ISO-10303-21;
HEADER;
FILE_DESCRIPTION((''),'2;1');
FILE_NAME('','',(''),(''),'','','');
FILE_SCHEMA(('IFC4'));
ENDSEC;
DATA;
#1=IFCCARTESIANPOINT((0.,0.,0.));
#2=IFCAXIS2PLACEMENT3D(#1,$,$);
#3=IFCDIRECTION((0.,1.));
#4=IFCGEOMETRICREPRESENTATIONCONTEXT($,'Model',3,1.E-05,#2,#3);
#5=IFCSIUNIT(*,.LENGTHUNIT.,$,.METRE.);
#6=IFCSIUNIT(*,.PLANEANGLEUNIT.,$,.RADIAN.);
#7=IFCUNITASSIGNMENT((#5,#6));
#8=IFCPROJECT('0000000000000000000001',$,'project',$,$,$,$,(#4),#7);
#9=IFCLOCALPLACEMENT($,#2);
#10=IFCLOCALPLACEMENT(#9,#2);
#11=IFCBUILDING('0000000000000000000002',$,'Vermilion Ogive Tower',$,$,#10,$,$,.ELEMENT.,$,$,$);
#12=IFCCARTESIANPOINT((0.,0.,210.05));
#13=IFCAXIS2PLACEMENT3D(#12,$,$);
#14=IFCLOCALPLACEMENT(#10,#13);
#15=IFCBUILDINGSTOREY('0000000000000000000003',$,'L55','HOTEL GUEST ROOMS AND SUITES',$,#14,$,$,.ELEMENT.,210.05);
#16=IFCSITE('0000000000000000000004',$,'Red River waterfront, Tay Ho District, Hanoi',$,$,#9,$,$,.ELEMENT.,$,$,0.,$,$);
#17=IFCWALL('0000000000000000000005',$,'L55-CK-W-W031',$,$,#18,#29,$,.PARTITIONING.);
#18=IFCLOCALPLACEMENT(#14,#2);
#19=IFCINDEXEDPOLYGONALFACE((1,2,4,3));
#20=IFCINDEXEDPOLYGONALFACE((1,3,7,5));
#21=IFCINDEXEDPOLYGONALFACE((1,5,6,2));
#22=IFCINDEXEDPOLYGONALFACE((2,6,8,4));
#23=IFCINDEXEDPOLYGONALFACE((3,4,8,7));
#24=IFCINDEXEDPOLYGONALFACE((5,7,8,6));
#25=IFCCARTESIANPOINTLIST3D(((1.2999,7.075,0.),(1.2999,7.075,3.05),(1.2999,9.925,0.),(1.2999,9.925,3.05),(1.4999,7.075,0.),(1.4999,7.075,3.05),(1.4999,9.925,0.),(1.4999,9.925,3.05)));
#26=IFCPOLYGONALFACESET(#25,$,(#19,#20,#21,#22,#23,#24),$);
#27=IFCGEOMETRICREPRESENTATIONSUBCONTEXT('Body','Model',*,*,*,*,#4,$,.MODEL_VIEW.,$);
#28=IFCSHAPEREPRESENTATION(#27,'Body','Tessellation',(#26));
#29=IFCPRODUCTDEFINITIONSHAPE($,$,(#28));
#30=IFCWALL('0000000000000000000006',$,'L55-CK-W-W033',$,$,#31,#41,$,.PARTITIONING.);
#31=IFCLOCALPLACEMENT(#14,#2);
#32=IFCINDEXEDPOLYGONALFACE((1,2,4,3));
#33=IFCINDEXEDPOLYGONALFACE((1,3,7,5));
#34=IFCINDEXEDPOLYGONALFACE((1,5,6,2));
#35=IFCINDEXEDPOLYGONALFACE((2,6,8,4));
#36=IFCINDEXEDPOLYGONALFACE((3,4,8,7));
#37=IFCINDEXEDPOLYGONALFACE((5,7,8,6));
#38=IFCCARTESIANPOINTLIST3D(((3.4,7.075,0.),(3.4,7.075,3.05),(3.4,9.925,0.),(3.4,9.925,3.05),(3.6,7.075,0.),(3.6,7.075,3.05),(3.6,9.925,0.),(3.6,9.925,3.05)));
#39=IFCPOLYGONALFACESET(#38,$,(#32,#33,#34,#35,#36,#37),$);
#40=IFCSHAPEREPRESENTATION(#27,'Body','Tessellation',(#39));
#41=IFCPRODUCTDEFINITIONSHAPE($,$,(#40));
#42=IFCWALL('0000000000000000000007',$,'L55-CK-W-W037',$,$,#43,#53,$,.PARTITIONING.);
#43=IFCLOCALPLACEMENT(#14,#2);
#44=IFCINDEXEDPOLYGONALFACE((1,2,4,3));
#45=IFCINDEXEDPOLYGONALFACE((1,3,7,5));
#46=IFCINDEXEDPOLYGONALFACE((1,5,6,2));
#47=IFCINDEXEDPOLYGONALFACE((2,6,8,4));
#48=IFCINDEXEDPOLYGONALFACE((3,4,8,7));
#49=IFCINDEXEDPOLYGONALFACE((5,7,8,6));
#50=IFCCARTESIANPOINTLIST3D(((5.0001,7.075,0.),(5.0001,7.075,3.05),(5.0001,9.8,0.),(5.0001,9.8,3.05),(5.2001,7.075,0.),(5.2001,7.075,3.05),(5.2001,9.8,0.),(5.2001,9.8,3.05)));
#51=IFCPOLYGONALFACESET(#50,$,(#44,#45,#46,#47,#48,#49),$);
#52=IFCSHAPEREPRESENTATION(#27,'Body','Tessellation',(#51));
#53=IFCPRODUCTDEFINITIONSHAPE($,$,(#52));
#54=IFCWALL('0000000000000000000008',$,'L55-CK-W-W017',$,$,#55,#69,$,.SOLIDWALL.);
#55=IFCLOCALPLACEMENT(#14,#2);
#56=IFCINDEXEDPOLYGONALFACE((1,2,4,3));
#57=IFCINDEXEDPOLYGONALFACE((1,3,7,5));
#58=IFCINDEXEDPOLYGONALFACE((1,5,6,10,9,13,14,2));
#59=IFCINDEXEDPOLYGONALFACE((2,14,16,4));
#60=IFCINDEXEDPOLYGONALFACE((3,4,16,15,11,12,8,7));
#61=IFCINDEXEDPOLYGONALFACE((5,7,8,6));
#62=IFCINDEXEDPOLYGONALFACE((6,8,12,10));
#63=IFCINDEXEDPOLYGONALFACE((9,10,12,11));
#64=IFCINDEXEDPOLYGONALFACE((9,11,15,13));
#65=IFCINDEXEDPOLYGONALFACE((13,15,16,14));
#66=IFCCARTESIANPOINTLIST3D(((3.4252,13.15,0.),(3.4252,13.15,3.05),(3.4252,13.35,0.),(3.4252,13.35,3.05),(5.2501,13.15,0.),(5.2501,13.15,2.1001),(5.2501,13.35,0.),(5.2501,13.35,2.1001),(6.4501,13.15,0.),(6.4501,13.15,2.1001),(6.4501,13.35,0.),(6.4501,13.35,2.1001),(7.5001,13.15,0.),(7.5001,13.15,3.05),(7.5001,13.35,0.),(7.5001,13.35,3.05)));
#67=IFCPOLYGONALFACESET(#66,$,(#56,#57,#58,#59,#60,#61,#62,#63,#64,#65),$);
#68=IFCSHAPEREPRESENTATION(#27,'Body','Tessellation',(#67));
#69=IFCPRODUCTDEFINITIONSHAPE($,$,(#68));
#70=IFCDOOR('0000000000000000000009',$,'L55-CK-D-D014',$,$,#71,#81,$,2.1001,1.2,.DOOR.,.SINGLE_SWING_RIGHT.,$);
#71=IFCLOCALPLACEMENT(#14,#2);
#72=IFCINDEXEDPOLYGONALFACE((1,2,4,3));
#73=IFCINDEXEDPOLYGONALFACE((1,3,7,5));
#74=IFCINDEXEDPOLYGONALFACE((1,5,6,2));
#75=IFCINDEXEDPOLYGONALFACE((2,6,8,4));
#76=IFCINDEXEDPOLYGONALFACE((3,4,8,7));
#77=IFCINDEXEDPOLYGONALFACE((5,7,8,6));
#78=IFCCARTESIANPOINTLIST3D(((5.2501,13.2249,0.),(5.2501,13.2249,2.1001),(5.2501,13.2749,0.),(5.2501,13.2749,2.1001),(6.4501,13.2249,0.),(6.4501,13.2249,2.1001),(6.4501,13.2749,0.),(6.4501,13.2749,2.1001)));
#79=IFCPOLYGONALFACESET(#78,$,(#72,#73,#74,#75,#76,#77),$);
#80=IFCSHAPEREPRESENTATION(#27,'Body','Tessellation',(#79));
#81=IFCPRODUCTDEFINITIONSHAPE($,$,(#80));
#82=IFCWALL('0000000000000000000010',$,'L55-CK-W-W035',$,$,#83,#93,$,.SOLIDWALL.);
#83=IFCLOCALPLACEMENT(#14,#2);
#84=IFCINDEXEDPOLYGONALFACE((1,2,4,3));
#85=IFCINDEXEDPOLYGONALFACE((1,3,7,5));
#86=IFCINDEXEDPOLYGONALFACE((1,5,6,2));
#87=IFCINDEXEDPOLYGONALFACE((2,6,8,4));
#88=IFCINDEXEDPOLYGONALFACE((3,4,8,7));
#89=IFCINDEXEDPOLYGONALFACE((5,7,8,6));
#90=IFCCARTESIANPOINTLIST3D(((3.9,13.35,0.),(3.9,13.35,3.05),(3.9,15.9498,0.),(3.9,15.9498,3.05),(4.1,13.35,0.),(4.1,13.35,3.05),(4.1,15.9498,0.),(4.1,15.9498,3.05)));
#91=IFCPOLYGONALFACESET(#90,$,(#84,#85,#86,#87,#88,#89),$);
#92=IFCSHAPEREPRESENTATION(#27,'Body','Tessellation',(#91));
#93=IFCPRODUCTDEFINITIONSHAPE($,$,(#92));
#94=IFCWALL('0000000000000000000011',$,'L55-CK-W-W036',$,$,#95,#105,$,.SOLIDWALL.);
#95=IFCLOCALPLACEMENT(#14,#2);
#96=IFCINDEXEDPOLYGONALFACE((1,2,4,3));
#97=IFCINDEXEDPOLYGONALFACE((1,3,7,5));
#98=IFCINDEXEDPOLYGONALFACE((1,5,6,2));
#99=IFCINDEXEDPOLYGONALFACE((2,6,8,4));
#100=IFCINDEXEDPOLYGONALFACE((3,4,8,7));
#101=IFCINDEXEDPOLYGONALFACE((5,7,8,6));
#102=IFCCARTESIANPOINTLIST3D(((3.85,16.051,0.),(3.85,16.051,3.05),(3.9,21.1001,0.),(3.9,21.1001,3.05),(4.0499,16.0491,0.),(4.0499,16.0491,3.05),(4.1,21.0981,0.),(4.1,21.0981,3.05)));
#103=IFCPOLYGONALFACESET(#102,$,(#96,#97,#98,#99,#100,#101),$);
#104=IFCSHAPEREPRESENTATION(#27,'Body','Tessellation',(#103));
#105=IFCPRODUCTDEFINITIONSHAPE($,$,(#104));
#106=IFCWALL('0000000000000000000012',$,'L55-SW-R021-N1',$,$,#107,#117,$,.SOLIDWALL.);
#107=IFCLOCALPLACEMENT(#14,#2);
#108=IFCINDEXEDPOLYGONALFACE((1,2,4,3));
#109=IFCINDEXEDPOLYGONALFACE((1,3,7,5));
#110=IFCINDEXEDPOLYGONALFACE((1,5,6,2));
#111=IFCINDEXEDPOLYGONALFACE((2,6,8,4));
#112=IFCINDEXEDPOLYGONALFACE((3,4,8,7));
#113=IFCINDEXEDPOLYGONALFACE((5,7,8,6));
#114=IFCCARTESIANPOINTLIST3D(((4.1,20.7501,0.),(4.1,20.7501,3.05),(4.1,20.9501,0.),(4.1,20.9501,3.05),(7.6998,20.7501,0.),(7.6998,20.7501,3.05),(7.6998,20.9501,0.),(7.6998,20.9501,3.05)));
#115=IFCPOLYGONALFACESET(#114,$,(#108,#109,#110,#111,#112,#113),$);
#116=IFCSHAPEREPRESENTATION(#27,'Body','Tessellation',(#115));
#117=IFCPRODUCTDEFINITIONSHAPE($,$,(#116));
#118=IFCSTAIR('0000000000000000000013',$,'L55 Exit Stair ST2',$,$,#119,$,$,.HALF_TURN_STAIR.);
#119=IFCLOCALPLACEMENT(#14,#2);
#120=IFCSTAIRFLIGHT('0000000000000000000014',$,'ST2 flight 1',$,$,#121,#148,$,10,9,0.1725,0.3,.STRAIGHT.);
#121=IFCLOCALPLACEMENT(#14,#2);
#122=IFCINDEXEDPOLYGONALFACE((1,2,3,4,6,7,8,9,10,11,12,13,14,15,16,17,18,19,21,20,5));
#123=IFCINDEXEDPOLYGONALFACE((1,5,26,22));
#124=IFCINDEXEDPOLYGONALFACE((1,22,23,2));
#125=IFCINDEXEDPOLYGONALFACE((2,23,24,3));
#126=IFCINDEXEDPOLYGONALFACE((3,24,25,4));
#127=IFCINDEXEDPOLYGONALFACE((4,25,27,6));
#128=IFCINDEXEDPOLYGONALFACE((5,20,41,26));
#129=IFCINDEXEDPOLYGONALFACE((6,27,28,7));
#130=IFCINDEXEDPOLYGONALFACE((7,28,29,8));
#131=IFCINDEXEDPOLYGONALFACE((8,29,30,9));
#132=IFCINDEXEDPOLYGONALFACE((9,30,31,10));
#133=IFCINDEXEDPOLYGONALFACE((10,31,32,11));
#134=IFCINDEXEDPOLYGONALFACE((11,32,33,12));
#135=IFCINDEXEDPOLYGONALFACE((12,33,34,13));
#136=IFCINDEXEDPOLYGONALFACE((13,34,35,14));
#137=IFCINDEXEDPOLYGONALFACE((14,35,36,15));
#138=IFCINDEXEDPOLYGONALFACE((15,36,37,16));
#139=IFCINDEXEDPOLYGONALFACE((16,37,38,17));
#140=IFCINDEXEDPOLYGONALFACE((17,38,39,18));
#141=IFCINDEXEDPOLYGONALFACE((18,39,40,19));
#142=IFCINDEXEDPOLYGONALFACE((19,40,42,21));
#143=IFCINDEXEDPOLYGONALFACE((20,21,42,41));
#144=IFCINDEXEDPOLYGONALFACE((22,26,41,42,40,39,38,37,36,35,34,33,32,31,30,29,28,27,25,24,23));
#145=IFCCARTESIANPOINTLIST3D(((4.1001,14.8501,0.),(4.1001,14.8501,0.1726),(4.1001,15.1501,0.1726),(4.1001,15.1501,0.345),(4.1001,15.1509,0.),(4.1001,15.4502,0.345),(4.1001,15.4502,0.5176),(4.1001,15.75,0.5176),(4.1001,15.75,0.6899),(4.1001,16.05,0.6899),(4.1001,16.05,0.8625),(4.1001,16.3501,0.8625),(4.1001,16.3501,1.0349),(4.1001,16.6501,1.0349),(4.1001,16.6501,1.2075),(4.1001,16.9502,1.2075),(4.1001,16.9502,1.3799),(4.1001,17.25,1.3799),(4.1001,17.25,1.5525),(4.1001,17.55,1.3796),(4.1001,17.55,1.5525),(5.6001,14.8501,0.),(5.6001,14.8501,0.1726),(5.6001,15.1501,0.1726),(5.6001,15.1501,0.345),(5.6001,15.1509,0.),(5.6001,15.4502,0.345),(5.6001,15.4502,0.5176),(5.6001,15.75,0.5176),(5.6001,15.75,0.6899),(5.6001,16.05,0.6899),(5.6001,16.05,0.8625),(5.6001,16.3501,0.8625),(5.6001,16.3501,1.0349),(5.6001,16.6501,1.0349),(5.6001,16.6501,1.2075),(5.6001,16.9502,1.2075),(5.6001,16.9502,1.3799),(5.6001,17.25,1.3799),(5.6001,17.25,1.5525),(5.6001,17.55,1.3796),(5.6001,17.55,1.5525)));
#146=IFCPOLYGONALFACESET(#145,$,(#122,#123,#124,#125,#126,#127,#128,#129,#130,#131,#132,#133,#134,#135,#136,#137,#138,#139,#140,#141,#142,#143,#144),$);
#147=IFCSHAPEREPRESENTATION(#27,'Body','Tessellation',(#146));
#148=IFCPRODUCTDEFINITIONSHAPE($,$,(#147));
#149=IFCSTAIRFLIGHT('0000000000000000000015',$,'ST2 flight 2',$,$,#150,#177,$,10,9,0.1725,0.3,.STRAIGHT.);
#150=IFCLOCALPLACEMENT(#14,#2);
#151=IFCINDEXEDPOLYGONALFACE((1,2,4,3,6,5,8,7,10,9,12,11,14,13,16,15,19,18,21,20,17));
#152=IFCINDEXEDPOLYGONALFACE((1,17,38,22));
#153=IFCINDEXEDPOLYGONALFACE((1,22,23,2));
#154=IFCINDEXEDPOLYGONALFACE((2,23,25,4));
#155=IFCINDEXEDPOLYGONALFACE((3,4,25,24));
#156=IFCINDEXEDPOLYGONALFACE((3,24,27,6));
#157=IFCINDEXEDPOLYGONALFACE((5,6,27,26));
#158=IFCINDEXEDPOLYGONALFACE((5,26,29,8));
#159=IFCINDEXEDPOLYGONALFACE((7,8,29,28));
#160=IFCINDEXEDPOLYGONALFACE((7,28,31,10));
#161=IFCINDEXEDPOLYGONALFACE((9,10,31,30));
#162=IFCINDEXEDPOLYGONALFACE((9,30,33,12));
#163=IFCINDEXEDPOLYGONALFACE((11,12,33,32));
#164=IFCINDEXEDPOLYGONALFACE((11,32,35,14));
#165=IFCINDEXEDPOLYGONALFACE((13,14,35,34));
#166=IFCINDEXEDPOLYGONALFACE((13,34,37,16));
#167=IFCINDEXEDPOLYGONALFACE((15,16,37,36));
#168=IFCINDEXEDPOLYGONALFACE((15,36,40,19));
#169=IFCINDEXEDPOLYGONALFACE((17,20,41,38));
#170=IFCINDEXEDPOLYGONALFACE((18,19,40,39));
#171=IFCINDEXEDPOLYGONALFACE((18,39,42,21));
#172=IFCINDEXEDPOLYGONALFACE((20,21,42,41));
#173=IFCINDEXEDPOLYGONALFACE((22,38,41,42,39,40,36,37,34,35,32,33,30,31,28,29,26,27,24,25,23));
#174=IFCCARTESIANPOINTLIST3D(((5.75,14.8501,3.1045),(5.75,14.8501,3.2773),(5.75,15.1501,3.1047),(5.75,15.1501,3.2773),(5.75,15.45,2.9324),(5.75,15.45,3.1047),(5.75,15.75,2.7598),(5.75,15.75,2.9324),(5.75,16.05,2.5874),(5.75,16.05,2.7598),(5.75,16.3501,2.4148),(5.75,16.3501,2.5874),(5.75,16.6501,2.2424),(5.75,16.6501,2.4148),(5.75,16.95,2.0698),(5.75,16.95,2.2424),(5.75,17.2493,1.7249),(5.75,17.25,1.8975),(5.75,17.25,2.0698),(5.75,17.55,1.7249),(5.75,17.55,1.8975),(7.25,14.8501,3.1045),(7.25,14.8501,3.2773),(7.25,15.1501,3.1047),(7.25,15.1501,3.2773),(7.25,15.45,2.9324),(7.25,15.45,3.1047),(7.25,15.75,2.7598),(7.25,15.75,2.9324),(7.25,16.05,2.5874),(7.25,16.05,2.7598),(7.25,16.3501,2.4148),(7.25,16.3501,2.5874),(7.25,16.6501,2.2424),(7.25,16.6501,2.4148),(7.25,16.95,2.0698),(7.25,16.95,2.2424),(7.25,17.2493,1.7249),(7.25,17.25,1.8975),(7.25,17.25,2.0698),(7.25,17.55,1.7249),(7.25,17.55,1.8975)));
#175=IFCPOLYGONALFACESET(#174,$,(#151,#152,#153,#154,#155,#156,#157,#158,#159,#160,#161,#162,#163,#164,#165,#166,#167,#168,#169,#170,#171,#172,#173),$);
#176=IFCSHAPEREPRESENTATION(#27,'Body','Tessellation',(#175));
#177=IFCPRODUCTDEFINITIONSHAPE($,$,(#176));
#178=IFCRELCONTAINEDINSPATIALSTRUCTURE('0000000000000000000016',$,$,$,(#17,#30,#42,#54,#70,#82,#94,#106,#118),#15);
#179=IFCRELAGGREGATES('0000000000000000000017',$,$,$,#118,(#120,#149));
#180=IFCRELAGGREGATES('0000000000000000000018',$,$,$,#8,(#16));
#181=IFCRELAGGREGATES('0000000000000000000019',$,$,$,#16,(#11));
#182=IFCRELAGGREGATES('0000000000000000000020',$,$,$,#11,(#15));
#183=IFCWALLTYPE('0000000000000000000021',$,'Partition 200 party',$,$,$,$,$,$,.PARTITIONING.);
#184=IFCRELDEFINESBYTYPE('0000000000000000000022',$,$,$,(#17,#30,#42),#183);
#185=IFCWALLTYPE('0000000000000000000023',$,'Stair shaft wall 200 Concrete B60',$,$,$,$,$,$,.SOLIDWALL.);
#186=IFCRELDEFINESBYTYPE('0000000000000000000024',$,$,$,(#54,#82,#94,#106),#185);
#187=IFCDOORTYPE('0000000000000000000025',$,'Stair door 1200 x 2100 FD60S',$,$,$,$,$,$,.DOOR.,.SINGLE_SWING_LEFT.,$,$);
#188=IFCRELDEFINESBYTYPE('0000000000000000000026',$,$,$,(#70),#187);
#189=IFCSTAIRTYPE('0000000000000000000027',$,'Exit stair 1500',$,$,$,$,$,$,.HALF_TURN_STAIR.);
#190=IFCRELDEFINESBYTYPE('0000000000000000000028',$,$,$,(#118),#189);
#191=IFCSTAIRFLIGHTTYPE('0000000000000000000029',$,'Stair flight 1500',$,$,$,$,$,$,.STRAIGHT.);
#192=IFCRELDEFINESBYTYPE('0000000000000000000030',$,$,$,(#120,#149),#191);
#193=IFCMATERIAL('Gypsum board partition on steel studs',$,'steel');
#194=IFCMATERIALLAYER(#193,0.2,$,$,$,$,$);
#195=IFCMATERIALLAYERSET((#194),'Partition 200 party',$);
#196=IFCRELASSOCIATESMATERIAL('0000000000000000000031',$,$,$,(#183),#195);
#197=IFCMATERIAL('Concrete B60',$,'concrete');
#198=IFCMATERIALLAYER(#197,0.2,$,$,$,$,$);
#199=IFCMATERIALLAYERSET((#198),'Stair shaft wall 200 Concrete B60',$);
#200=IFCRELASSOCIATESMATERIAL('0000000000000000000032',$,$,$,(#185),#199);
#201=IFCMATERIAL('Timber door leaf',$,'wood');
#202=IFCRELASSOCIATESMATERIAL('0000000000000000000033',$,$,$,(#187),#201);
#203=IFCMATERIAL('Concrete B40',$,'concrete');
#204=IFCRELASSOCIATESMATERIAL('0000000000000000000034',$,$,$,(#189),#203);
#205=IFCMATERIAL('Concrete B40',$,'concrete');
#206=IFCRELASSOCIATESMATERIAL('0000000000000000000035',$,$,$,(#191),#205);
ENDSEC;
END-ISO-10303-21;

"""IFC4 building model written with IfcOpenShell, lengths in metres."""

from ifc_helpers import new_model, si_unit, direction, frame, frame_2d, origin, place, context, subcontext, project, spatial, polyline, rectangle, outline, extrude, material, layer, layer_set, type_object, element, fill, aggregate, save


model = new_model("IFC4")

# Units and contexts
model_context = context("Model", 3, precision=1e-05, world=origin(), true_north=direction((0.0, 1.0)))
body_context = subcontext(model_context, "Body", "Model", "MODEL_VIEW")
ifc_project = project(units=[si_unit("LENGTHUNIT", "METRE"), si_unit("PLANEANGLEUNIT", "RADIAN")], contexts=[model_context])

# Site, building, storey
site_placement = place(None, origin())
site = spatial("IfcSite", under=ifc_project, at=site_placement, Name="Red River waterfront, Tay Ho District, Hanoi", CompositionType="ELEMENT", RefElevation=0.0)
building_placement = place(site_placement, origin())
building = spatial("IfcBuilding", under=site, at=building_placement, Name="Vermilion Ogive Tower", CompositionType="ELEMENT")
storey_placement = place(building_placement, frame((0.0, 0.0, 210.05)))
storey = spatial("IfcBuildingStorey", under=building, at=storey_placement, Name="L55", Description="HOTEL GUEST ROOMS AND SUITES", CompositionType="ELEMENT", Elevation=210.05)

# Shared definitions
ifc_material_1 = material(Name="Gypsum board partition on steel studs", Category="steel")
ifc_layer_1 = layer(ifc_material_1, 0.2)
ifc_layer_set_1 = layer_set([ifc_layer_1], Name="Partition 200 party")
wall_type_1 = type_object("IfcWallType", Name="Partition 200 party", PredefinedType="PARTITIONING", material=ifc_layer_set_1)

# Walls
for number, where, z_axis, x_axis, name in (
    (1, (1.3999, 7.075, 0.0), (0.0, 0.0, 1.0), (0.0, 1.0, 0.0), "L55-CK-W-W031"),
    (2, (3.5, 7.075, 0.0), (0.0, 0.0, 1.0), (0.0, 1.0, 0.0), "L55-CK-W-W033"),
):
    element("IfcWall", number, at=place(storey_placement, frame(where, z_axis=z_axis, x_axis=x_axis)), inside=storey, type_object=wall_type_1, Name=name, PredefinedType="PARTITIONING", context=body_context, shape_type="SweptSolid", body=[
        extrude(rectangle(XDim=2.8501, YDim=0.2, at=frame_2d((1.425, 0.0))), origin(), (0.0, 0.0, 1.0), 3.05),
    ])
wall_1_placement = place(storey_placement, frame((5.1001, 7.075, 0.0), z_axis=(0.0, 0.0, 1.0), x_axis=(0.0, 1.0, 0.0)))
element("IfcWall", 3, at=wall_1_placement, inside=storey, type_object=wall_type_1, Name="L55-CK-W-W037", PredefinedType="PARTITIONING", context=body_context, shape_type="SweptSolid", body=[
    extrude(rectangle(XDim=2.7251, YDim=0.2, at=frame_2d((1.3625, 0.0))), origin(), (0.0, 0.0, 1.0), 3.05),
])

# Wall, opening, door
ifc_material_2 = material(Name="Concrete B60", Category="concrete")
ifc_layer_2 = layer(ifc_material_2, 0.2)
ifc_layer_set_2 = layer_set([ifc_layer_2], Name="Stair shaft wall 200 Concrete B60")
wall_type_2 = type_object("IfcWallType", Name="Stair shaft wall 200 Concrete B60", PredefinedType="SOLIDWALL", material=ifc_layer_set_2)
wall_2_placement = place(storey_placement, frame((3.425, 13.25, 0.0), z_axis=(0.0, 0.0, 1.0), x_axis=(1.0, 0.0, 0.0)))
wall_2 = element("IfcWall", 4, at=wall_2_placement, inside=storey, type_object=wall_type_2, Name="L55-CK-W-W017", PredefinedType="SOLIDWALL", context=body_context, shape_type="SweptSolid", body=[
    extrude(rectangle(XDim=4.075, YDim=0.2, at=frame_2d((2.0376, 0.0))), origin(), (0.0, 0.0, 1.0), 3.05),
])
opening_1_placement = place(wall_2_placement, frame((1.825, 0.0, 0.0)))
opening_1 = element("IfcOpeningElement", 5, at=opening_1_placement, cuts=wall_2, PredefinedType="OPENING", context=body_context, shape_type="SweptSolid", body=[
    extrude(rectangle(XDim=1.2, YDim=2.1001, at=frame_2d((0.6001, 1.05))), frame((0.0, 0.1099, 0.0), z_axis=(0.0, -1.0, 0.0), x_axis=(1.0, 0.0, 0.0)), (0.0, 0.0, 1.0), 0.22),
])
ifc_material_3 = material(Name="Timber door leaf", Category="wood")
door_type_1 = type_object("IfcDoorType", Name="Stair door 1200 x 2100 FD60S", OperationType="SINGLE_SWING_LEFT", PredefinedType="DOOR", material=ifc_material_3)
door_1_placement = place(opening_1_placement, origin())
door_1 = element("IfcDoor", 6, at=door_1_placement, inside=storey, type_object=door_type_1, Name="L55-CK-D-D014", OperationType="SINGLE_SWING_RIGHT", OverallHeight=2.1001, OverallWidth=1.2, PredefinedType="DOOR", context=body_context, shape_type="SweptSolid", body=[
    extrude(rectangle(XDim=1.2, YDim=2.1001, at=frame_2d((0.6001, 1.05))), frame((0.0, 0.0249, 0.0), z_axis=(0.0, -1.0, 0.0), x_axis=(1.0, 0.0, 0.0)), (0.0, 0.0, 1.0), 0.05),
])
fill(opening_1, door_1)

# Walls
wall_3_placement = place(storey_placement, frame((4.0, 13.3501, 0.0), z_axis=(0.0, 0.0, 1.0), x_axis=(0.0, 1.0, 0.0)))
element("IfcWall", 7, at=wall_3_placement, inside=storey, type_object=wall_type_2, Name="L55-CK-W-W035", PredefinedType="SOLIDWALL", context=body_context, shape_type="SweptSolid", body=[
    extrude(rectangle(XDim=2.5999, YDim=0.2, at=frame_2d((1.2998, 0.0))), origin(), (0.0, 0.0, 1.0), 3.05),
])
wall_4_placement = place(storey_placement, frame((3.95, 16.05, 0.0), z_axis=(0.0, 0.0, 1.0), x_axis=(0.009912, 0.999951, 0.0)))
element("IfcWall", 8, at=wall_4_placement, inside=storey, type_object=wall_type_2, Name="L55-CK-W-W036", PredefinedType="SOLIDWALL", context=body_context, shape_type="SweptSolid", body=[
    extrude(rectangle(XDim=5.0493, YDim=0.2, at=frame_2d((2.5247, 0.0))), origin(), (0.0, 0.0, 1.0), 3.05),
])
wall_5_placement = place(storey_placement, frame((4.1001, 20.8501, 0.0), z_axis=(0.0, 0.0, 1.0), x_axis=(1.0, 0.0, 0.0)))
element("IfcWall", 9, at=wall_5_placement, inside=storey, type_object=wall_type_2, Name="L55-SW-R021-N1", PredefinedType="SOLIDWALL", context=body_context, shape_type="SweptSolid", body=[
    extrude(rectangle(XDim=3.5999, YDim=0.2, at=frame_2d((1.7998, 0.0))), origin(), (0.0, 0.0, 1.0), 3.05),
])

# Stair, stair flights
ifc_material_4 = material(Name="Concrete B40", Category="concrete")
stair_type = type_object("IfcStairType", Name="Exit stair 1500", PredefinedType="HALF_TURN_STAIR", material=ifc_material_4)
stair_placement = place(storey_placement, origin())
stair = element("IfcStair", 10, at=stair_placement, inside=storey, type_object=stair_type, Name="L55 Exit Stair ST2", PredefinedType="HALF_TURN_STAIR")
ifc_material_5 = material(Name="Concrete B40", Category="concrete")
stair_flight_type = type_object("IfcStairFlightType", Name="Stair flight 1500", PredefinedType="STRAIGHT", material=ifc_material_5)
stair_flight_1_placement = place(storey_placement, frame((4.8501, 14.8501, 0.0), z_axis=(0.0, 0.0, 1.0), x_axis=(0.0, 1.0, 0.0)))
stair_flight_1 = element("IfcStairFlight", 11, at=stair_flight_1_placement, type_object=stair_flight_type, Name="ST2 flight 1", NumberOfRisers=10, NumberOfTreads=9, PredefinedType="STRAIGHT", RiserHeight=0.1725, TreadLength=0.3, context=body_context, shape_type="SweptSolid", body=[
    extrude(outline(polyline([(0.0, 0.0), (0.0, 0.1726), (0.3, 0.1726), (0.3, 0.345), (0.6001, 0.345), (0.6001, 0.5176), (0.8999, 0.5176), (0.8999, 0.6899), (1.2, 0.6899), (1.2, 0.8625), (1.5, 0.8625), (1.5, 1.0349), (1.8, 1.0349), (1.8, 1.2075), (2.1001, 1.2075), (2.1001, 1.3799), (2.3999, 1.3799), (2.3999, 1.5525), (2.7, 1.5525), (2.7, 1.7251), (2.7, 1.3796), (0.3008, 0.0), (0.0, 0.0)])), frame((0.0, 0.75, 0.0), z_axis=(0.0, -1.0, 0.0), x_axis=(1.0, 0.0, 0.0)), (0.0, 0.0, 1.0), 1.5),
])
stair_flight_2_placement = place(storey_placement, frame((6.5, 17.55, 1.7249), z_axis=(0.0, 0.0, 1.0), x_axis=(0.0, -1.0, 0.0)))
stair_flight_2 = element("IfcStairFlight", 12, at=stair_flight_2_placement, type_object=stair_flight_type, Name="ST2 flight 2", NumberOfRisers=10, NumberOfTreads=9, PredefinedType="STRAIGHT", RiserHeight=0.1725, TreadLength=0.3, context=body_context, shape_type="SweptSolid", body=[
    extrude(outline(polyline([(0.0, 0.0), (0.0, 0.1726), (0.3, 0.1726), (0.3, 0.345), (0.6001, 0.345), (0.6001, 0.5176), (0.8999, 0.5176), (0.8999, 0.6899), (1.2, 0.6899), (1.2, 0.8625), (1.5, 0.8625), (1.5, 1.0349), (1.8, 1.0349), (1.8, 1.2075), (2.1001, 1.2075), (2.1001, 1.3799), (2.3999, 1.3799), (2.3999, 1.5525), (2.7, 1.5525), (2.7, 1.7251), (2.7, 1.3796), (0.3008, 0.0), (0.0, 0.0)])), frame((0.0, 0.75, 0.0), z_axis=(0.0, -1.0, 0.0), x_axis=(1.0, 0.0, 0.0)), (0.0, 0.0, 1.0), 1.5),
])
aggregate(stair, [stair_flight_1, stair_flight_2])

save(model, "model.ifc")
